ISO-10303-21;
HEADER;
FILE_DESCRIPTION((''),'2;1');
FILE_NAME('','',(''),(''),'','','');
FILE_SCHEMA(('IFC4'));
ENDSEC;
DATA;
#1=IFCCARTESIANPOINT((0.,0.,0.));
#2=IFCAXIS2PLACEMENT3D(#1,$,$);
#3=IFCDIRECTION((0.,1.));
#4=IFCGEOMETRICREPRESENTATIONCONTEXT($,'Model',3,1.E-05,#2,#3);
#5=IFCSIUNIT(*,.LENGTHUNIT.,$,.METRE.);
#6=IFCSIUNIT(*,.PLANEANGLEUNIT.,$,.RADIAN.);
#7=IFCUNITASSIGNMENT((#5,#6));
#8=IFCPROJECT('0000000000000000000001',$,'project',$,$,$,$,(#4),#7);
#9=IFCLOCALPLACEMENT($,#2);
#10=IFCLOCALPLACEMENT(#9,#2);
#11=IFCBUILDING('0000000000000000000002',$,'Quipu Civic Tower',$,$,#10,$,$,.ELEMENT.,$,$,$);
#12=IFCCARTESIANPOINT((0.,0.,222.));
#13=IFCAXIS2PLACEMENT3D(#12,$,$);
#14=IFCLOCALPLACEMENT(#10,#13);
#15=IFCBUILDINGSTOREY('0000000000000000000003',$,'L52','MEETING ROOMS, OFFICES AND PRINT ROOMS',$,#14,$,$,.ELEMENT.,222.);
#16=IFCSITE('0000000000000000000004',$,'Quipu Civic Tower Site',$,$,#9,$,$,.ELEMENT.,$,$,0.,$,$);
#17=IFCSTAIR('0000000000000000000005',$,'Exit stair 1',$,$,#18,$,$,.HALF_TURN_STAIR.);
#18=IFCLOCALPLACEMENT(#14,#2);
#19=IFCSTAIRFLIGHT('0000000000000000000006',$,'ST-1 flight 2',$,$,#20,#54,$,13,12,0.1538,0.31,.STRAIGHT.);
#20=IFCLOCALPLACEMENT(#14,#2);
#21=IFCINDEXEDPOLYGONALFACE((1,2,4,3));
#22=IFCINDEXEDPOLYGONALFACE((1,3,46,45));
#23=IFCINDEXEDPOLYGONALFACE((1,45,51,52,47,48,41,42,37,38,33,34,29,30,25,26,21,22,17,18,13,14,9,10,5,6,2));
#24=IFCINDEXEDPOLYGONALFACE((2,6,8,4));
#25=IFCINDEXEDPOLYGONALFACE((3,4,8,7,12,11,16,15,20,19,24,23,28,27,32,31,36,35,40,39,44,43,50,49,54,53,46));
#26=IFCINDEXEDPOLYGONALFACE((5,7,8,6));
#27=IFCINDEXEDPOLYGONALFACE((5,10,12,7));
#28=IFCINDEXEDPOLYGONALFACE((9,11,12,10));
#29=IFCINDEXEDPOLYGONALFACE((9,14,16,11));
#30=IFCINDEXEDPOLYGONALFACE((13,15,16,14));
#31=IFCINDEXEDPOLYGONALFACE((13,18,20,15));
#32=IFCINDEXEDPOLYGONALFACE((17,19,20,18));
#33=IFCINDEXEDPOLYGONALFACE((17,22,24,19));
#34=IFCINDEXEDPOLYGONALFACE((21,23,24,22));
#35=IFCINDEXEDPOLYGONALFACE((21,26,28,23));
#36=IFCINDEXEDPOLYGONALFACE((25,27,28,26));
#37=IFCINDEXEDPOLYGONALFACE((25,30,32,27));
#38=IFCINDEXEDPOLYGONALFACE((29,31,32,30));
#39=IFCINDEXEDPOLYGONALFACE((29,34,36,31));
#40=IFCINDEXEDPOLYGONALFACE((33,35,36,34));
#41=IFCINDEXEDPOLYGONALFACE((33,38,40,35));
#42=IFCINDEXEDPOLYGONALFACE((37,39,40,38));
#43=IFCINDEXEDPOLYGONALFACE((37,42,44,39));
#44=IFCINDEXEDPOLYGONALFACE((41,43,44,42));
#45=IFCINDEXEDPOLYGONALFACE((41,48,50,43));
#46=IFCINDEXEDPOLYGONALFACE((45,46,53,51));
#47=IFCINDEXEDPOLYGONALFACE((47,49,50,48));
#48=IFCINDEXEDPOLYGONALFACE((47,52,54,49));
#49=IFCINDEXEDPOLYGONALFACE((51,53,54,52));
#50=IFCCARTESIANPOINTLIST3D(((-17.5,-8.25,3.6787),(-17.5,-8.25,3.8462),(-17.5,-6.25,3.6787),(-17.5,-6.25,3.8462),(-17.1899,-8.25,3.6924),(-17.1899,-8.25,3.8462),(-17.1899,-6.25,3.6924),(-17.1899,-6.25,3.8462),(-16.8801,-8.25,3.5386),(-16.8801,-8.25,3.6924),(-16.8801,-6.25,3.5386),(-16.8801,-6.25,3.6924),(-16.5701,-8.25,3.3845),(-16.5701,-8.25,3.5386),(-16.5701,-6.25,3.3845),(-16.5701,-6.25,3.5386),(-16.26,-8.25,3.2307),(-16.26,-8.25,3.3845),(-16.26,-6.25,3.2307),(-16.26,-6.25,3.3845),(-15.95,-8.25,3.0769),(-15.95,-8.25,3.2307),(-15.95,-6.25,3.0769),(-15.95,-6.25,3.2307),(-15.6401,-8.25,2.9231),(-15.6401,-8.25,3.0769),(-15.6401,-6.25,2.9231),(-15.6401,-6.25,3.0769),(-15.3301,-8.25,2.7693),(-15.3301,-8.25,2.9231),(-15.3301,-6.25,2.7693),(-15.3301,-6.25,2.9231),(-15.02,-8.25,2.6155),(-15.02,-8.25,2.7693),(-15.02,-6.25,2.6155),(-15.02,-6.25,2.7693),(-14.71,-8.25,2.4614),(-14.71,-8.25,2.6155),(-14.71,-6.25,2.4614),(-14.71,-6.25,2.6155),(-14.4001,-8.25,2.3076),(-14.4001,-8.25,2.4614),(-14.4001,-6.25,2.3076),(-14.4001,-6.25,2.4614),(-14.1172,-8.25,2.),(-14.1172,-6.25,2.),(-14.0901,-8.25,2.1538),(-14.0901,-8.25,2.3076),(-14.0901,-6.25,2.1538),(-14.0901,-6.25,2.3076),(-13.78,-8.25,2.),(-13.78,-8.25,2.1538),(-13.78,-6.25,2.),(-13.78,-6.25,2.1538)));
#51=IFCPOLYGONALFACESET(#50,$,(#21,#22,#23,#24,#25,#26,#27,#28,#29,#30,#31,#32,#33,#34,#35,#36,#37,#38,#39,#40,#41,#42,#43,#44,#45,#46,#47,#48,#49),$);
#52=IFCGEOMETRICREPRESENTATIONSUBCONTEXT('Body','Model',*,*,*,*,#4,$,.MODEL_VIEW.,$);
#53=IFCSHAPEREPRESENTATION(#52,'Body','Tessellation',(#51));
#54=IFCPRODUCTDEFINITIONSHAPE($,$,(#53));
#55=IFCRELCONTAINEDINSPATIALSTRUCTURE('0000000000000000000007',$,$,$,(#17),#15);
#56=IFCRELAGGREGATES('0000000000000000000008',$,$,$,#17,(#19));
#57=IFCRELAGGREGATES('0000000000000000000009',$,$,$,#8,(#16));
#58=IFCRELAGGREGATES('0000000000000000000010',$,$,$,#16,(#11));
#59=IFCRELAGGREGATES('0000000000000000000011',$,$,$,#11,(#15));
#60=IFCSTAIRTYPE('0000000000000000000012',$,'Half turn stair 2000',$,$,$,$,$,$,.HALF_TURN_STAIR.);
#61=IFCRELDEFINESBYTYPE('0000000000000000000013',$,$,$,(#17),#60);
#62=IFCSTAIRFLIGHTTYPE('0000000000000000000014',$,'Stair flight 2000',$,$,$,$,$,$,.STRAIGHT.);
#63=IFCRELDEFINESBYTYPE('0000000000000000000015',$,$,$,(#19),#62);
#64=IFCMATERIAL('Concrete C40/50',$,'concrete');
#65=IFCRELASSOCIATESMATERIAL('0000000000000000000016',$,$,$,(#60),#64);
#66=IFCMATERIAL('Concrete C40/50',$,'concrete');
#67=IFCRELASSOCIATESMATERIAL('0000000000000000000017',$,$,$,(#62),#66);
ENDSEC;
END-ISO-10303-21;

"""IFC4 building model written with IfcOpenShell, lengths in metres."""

from ifc_helpers import new_model, si_unit, direction, frame, origin, place, context, subcontext, project, spatial, polyline, outline, extrude, material, type_object, element, aggregate, save


model = new_model("IFC4")

# Units and contexts
model_context = context("Model", 3, precision=1e-05, world=origin(), true_north=direction((0.0, 1.0)))
body_context = subcontext(model_context, "Body", "Model", "MODEL_VIEW")
ifc_project = project(units=[si_unit("LENGTHUNIT", "METRE"), si_unit("PLANEANGLEUNIT", "RADIAN")], contexts=[model_context])

# Site, building, storey
site_placement = place(None, origin())
site = spatial("IfcSite", under=ifc_project, at=site_placement, Name="Quipu Civic Tower Site", CompositionType="ELEMENT", RefElevation=0.0)
building_placement = place(site_placement, origin())
building = spatial("IfcBuilding", under=site, at=building_placement, Name="Quipu Civic Tower", CompositionType="ELEMENT")
storey_placement = place(building_placement, frame((0.0, 0.0, 222.0)))
storey = spatial("IfcBuildingStorey", under=building, at=storey_placement, Name="L52", Description="MEETING ROOMS, OFFICES AND PRINT ROOMS", CompositionType="ELEMENT", Elevation=222.0)

# Stair, stair flight
ifc_material_1 = material(Name="Concrete C40/50", Category="concrete")
stair_type = type_object("IfcStairType", Name="Half turn stair 2000", PredefinedType="HALF_TURN_STAIR", material=ifc_material_1)
stair_placement = place(storey_placement, origin())
stair = element("IfcStair", 1, at=stair_placement, inside=storey, type_object=stair_type, Name="Exit stair 1", PredefinedType="HALF_TURN_STAIR")
ifc_material_2 = material(Name="Concrete C40/50", Category="concrete")
stair_flight_type = type_object("IfcStairFlightType", Name="Stair flight 2000", PredefinedType="STRAIGHT", material=ifc_material_2)
stair_flight_placement = place(storey_placement, frame((-13.78, -7.25, 2.0), z_axis=(0.0, 0.0, 1.0), x_axis=(-1.0, 0.0, 0.0)))
stair_flight = element("IfcStairFlight", 2, at=stair_flight_placement, type_object=stair_flight_type, Name="ST-1 flight 2", NumberOfRisers=13, NumberOfTreads=12, PredefinedType="STRAIGHT", RiserHeight=0.1538, TreadLength=0.31, context=body_context, shape_type="SweptSolid", body=[
    extrude(outline(polyline([(0.0, 0.0), (0.0, 0.1538), (0.3101, 0.1538), (0.3101, 0.3076), (0.6201, 0.3076), (0.6201, 0.4614), (0.9299, 0.4614), (0.9299, 0.6155), (1.24, 0.6155), (1.24, 0.7693), (1.55, 0.7693), (1.55, 0.9231), (1.8601, 0.9231), (1.8601, 1.0769), (2.1699, 1.0769), (2.1699, 1.2307), (2.48, 1.2307), (2.48, 1.3845), (2.79, 1.3845), (2.79, 1.5386), (3.1001, 1.5386), (3.1001, 1.6924), (3.4099, 1.6924), (3.4099, 1.8462), (3.72, 1.8462), (3.72, 2.0), (3.72, 1.6787), (0.3372, 0.0), (0.0, 0.0)])), frame((0.0, 1.0, 0.0), z_axis=(0.0, -1.0, 0.0), x_axis=(1.0, 0.0, 0.0)), (0.0, 0.0, 1.0), 2.0),
])
aggregate(stair, [stair_flight])

save(model, "model.ifc")
